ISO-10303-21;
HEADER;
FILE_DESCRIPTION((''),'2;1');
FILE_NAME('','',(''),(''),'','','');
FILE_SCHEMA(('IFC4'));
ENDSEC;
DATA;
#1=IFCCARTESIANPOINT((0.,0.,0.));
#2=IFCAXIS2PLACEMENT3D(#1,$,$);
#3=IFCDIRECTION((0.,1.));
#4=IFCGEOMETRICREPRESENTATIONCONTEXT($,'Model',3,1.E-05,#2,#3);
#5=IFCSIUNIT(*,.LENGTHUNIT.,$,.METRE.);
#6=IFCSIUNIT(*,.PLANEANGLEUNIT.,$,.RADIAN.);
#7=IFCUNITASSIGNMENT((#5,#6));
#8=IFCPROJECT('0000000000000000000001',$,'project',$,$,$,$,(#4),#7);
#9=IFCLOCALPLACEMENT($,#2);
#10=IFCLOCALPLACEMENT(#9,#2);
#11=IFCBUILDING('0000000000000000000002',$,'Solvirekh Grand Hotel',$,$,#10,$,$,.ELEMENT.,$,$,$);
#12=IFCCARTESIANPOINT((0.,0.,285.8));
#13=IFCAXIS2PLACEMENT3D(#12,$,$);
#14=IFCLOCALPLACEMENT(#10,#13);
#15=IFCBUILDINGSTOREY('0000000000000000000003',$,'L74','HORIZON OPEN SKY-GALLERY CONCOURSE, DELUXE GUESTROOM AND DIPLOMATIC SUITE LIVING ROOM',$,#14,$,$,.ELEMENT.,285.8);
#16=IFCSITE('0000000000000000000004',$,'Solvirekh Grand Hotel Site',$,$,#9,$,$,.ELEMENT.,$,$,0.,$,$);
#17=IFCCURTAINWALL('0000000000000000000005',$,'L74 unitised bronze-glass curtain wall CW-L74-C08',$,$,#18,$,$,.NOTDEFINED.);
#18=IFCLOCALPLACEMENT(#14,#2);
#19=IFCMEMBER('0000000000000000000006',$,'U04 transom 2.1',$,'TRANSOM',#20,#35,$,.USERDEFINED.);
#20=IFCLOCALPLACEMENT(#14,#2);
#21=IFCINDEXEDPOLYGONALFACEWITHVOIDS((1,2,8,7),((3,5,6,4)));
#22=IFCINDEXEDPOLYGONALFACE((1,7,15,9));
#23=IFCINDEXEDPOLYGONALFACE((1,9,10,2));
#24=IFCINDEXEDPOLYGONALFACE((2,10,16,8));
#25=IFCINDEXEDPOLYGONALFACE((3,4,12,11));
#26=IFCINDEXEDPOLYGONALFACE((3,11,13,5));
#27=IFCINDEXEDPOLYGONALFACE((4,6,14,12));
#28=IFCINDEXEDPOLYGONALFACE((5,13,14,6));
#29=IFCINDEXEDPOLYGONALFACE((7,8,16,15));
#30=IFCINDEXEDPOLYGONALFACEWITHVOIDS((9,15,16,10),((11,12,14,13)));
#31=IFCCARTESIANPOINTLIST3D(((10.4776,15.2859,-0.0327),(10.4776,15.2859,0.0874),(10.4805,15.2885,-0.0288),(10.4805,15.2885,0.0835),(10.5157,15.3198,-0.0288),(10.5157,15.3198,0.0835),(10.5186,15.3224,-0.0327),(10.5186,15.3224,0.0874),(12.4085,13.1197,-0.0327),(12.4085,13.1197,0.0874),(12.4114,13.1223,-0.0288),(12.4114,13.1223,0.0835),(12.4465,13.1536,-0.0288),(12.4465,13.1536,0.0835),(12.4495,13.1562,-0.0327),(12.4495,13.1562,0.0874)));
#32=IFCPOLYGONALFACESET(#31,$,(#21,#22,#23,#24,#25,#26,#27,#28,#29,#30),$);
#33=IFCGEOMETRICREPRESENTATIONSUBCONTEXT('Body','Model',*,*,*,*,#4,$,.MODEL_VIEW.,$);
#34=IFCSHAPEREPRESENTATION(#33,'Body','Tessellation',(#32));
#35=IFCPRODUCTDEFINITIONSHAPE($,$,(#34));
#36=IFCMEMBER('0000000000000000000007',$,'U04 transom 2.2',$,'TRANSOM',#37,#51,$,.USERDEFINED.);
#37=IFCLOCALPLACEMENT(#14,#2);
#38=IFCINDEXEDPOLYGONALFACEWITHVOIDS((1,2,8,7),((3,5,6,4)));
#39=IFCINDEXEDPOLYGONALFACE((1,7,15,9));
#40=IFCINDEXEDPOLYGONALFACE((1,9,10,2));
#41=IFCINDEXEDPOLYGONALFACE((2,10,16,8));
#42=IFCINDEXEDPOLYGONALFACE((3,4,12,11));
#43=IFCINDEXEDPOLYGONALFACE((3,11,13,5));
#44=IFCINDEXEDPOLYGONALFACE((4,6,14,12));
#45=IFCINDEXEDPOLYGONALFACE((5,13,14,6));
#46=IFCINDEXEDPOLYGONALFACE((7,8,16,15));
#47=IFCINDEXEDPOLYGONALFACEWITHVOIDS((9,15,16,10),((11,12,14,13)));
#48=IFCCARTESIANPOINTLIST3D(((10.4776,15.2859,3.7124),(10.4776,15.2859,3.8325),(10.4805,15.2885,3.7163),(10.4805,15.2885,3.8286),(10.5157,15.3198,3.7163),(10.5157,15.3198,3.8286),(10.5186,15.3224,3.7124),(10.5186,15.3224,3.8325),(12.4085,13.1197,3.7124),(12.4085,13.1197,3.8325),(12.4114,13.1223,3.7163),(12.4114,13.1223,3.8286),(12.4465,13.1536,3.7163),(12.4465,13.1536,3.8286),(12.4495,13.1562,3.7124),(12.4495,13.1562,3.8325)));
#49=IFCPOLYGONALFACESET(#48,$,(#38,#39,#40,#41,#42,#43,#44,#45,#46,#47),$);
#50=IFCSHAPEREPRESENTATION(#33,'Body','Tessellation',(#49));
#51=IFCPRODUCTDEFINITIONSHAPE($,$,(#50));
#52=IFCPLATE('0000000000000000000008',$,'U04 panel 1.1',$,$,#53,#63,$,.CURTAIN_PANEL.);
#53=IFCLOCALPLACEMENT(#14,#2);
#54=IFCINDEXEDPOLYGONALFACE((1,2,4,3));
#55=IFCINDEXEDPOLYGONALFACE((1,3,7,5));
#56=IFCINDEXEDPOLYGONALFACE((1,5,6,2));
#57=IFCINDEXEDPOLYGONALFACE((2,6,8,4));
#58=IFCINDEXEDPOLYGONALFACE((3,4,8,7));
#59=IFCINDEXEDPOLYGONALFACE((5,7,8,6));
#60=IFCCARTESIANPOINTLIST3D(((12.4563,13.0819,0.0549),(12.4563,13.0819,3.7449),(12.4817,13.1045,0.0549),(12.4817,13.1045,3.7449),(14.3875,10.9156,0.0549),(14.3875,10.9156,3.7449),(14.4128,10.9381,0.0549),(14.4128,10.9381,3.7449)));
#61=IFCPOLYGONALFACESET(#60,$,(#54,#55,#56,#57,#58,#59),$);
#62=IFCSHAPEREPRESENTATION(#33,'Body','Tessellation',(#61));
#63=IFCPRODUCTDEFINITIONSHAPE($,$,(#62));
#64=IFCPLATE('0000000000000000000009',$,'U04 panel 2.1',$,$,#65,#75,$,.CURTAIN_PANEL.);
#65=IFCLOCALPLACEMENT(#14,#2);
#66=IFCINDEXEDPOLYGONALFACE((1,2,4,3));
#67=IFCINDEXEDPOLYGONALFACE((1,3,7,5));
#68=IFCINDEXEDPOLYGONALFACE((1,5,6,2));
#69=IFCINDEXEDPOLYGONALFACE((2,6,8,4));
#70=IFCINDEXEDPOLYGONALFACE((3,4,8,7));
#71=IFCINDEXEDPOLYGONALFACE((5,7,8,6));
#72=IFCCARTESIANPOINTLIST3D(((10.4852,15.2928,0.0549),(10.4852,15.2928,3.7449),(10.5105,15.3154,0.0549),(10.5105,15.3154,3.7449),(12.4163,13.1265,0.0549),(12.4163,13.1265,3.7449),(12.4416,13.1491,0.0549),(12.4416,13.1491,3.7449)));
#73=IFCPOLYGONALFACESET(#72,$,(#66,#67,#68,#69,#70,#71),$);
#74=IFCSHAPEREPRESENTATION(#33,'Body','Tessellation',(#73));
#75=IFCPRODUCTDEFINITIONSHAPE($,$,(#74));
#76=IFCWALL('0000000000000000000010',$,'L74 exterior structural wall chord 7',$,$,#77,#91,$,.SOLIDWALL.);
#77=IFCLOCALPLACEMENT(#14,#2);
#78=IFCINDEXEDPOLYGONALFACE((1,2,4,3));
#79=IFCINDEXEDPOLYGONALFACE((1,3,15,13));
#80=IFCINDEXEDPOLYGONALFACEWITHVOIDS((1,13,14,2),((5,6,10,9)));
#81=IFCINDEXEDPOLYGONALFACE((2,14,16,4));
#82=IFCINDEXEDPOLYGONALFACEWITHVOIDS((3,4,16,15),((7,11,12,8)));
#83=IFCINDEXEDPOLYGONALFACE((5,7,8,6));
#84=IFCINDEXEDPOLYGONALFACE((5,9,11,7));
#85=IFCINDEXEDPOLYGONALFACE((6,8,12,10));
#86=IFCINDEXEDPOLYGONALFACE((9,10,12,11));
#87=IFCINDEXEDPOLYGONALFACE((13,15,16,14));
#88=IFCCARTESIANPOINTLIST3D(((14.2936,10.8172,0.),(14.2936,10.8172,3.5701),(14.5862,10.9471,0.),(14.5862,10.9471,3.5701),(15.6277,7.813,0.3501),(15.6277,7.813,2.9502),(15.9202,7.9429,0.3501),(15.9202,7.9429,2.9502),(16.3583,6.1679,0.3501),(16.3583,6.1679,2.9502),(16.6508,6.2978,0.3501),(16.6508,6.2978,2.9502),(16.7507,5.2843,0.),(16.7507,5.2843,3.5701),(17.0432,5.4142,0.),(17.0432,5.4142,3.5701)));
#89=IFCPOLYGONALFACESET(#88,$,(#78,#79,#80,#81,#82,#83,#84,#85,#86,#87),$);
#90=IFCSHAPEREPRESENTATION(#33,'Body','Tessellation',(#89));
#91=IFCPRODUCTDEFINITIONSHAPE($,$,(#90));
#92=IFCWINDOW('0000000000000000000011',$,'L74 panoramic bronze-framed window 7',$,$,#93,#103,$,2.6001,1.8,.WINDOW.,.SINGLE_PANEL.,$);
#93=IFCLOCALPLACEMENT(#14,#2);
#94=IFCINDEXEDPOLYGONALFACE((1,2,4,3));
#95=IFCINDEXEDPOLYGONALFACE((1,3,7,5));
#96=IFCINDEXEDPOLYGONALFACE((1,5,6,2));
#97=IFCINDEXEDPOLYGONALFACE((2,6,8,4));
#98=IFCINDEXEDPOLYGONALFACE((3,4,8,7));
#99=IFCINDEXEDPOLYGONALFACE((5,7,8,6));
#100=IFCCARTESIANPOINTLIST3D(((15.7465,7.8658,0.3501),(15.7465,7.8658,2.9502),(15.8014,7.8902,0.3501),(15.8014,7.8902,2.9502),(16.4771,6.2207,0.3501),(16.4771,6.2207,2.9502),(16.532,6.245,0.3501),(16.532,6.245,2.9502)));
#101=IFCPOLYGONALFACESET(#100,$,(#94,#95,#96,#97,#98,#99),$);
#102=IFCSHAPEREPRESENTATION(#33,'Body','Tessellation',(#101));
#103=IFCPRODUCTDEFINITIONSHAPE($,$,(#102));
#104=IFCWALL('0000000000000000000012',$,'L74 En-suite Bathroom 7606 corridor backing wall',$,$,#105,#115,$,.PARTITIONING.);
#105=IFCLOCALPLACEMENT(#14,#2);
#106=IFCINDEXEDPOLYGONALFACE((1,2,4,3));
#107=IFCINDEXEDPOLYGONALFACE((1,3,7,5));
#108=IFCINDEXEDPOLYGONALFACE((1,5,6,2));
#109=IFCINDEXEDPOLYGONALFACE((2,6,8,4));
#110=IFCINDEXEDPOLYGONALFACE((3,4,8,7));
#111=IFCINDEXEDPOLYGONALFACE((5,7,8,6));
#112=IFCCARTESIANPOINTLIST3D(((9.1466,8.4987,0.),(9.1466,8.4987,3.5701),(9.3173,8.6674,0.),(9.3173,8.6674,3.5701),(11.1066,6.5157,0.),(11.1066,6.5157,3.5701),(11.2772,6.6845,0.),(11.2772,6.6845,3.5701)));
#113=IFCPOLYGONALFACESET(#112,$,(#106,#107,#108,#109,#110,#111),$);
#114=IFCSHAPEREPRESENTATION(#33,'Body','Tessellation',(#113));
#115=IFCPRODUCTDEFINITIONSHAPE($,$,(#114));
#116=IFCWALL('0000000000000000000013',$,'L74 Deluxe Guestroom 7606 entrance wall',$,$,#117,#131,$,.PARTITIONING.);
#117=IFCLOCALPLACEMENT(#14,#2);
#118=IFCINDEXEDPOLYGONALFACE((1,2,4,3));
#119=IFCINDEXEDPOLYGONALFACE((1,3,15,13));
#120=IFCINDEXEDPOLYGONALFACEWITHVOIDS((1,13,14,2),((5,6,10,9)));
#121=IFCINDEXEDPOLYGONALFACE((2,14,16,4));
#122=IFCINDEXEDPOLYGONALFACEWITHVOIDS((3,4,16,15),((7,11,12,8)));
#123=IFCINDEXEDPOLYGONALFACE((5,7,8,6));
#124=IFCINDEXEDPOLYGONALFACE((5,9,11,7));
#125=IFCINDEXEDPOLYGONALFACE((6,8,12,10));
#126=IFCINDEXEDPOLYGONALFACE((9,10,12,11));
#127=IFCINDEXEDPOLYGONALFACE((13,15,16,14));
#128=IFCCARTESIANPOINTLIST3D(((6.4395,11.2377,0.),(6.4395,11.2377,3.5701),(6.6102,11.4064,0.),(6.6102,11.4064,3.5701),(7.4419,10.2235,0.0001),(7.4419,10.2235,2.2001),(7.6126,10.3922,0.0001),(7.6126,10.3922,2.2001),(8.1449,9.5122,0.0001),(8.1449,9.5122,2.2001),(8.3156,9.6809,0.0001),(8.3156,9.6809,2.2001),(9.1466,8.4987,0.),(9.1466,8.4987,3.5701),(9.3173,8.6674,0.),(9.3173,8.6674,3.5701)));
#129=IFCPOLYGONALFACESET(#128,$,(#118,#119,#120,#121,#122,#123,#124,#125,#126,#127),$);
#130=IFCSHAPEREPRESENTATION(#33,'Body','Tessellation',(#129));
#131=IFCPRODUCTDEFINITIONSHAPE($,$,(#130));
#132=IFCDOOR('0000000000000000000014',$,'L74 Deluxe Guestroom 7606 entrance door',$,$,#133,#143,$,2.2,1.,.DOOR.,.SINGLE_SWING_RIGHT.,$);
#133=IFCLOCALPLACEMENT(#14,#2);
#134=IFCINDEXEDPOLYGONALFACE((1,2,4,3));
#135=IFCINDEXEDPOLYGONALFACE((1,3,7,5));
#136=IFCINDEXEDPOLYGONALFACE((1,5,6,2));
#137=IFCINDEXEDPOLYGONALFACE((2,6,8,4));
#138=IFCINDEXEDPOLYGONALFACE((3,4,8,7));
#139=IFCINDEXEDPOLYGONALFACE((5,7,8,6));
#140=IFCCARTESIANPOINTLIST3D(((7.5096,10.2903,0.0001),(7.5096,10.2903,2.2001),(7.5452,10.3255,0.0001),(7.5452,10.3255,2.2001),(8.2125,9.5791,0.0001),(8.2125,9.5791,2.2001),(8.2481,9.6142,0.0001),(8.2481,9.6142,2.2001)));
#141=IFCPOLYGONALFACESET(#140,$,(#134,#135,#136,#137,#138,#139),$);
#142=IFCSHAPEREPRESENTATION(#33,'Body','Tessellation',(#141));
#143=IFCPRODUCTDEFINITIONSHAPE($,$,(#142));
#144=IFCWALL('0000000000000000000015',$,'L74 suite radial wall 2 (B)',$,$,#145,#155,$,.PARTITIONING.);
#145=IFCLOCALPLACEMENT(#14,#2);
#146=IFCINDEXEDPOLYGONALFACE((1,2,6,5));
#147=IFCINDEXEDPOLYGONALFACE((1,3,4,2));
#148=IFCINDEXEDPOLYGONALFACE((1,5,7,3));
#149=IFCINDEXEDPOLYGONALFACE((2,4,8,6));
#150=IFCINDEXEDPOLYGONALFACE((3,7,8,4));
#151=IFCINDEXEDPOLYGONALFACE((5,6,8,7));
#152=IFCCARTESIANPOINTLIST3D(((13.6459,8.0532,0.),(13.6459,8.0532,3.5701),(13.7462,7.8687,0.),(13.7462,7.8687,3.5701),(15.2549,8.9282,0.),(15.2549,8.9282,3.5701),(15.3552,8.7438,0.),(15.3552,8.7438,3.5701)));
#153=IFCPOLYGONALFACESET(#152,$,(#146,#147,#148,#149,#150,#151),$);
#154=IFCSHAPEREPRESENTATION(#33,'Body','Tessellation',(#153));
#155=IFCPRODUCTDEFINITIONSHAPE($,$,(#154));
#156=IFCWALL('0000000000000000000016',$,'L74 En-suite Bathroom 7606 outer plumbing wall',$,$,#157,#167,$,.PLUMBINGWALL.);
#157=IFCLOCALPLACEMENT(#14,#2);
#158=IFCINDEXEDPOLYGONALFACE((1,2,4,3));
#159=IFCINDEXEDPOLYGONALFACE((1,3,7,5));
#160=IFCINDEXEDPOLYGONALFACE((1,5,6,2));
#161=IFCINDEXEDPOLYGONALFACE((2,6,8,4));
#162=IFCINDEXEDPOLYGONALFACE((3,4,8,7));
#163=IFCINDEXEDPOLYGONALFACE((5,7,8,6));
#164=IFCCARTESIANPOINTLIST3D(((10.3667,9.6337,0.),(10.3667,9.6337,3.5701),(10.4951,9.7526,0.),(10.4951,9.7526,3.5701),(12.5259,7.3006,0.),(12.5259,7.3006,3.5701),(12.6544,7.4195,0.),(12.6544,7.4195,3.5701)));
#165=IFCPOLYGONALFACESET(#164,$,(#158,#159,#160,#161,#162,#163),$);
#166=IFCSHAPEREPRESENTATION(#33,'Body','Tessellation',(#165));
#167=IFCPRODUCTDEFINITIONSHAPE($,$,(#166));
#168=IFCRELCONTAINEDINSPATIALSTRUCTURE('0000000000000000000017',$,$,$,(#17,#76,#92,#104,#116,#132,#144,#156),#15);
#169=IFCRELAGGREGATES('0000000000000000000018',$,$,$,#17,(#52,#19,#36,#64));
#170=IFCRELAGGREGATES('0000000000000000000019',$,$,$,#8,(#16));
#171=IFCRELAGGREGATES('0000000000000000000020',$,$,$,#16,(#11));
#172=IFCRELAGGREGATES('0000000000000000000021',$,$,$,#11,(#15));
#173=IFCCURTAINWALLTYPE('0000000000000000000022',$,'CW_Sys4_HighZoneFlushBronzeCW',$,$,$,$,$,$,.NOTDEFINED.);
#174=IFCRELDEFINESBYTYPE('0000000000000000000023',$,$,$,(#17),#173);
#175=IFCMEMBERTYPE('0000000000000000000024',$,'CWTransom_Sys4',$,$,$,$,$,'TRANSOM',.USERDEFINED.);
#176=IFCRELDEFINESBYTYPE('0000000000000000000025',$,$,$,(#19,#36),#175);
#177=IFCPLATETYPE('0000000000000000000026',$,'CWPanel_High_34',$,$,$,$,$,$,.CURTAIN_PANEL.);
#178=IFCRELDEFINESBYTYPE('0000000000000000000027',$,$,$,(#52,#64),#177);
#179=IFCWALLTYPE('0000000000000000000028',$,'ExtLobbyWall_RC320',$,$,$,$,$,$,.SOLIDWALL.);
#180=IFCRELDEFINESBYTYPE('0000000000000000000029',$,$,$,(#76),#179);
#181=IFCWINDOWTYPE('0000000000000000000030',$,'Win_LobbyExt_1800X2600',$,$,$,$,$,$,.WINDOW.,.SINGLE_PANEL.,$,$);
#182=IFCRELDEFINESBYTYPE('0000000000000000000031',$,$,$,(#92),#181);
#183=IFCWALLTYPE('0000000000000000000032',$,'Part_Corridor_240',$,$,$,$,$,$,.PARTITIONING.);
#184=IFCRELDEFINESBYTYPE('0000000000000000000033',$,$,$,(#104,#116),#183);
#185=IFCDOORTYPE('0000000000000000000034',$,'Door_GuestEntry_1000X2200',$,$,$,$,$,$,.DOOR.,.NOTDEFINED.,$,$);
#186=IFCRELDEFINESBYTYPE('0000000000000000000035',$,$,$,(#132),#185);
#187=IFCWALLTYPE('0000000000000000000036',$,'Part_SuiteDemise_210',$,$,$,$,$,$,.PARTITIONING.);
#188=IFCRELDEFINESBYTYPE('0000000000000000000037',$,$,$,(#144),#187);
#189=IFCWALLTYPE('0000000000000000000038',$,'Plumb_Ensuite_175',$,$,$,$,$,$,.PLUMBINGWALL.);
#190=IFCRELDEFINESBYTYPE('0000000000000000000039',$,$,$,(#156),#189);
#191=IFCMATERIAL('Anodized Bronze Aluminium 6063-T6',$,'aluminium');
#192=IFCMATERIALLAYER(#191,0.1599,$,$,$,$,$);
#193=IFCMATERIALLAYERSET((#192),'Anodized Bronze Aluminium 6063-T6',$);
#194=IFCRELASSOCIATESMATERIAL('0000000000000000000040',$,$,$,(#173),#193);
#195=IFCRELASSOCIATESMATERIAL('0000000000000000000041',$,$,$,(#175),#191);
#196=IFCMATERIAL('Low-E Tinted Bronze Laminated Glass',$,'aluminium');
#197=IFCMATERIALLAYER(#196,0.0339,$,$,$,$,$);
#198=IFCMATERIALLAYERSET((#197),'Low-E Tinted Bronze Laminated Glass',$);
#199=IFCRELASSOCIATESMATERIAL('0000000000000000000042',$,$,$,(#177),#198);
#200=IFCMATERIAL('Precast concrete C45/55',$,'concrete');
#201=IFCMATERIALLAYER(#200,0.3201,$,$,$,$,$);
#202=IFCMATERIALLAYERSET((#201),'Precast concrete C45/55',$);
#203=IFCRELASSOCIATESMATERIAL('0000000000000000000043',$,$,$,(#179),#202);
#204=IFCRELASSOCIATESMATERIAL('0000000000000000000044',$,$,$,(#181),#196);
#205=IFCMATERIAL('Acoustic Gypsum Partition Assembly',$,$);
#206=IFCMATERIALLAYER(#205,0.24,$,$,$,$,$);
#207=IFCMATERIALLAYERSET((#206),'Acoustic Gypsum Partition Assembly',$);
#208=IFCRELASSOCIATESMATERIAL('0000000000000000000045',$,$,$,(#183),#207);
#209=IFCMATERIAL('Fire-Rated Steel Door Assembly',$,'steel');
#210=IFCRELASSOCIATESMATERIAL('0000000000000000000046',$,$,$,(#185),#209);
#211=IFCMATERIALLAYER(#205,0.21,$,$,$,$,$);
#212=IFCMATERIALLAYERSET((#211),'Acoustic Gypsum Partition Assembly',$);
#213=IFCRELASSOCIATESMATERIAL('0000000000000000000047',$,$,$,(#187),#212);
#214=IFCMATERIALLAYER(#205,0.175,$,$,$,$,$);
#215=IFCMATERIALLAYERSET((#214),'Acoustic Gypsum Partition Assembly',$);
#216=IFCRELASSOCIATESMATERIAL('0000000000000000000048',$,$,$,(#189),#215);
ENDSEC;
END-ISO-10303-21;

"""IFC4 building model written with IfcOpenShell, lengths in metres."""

from ifc_helpers import new_model, si_unit, direction, frame, frame_2d, origin, origin_2d, place, context, subcontext, project, spatial, rectangle, hollow_rectangle, extrude, source, transform, mapped, material, layer, layer_set, material_profile, profile_set, type_object, element, fill, aggregate, save


model = new_model("IFC4")

# Units and contexts
model_context = context("Model", 3, precision=1e-05, world=origin(), true_north=direction((0.0, 1.0)))
body_context = subcontext(model_context, "Body", "Model", "MODEL_VIEW")
ifc_project = project(units=[si_unit("LENGTHUNIT", "METRE"), si_unit("PLANEANGLEUNIT", "RADIAN")], contexts=[model_context])

# Site, building, storey
site_placement = place(None, origin())
site = spatial("IfcSite", under=ifc_project, at=site_placement, Name="Solvirekh Grand Hotel Site", CompositionType="ELEMENT", RefElevation=0.0)
building_placement = place(site_placement, origin())
building = spatial("IfcBuilding", under=site, at=building_placement, Name="Solvirekh Grand Hotel", CompositionType="ELEMENT")
storey_placement = place(building_placement, frame((0.0, 0.0, 285.8)))
storey = spatial("IfcBuildingStorey", under=building, at=storey_placement, Name="L74", Description="HORIZON OPEN SKY-GALLERY CONCOURSE, DELUXE GUESTROOM AND DIPLOMATIC SUITE LIVING ROOM", CompositionType="ELEMENT", Elevation=285.8)

# Curtain wall, members, plates
ifc_material_1 = material(Name="Anodized Bronze Aluminium 6063-T6", Category="aluminium")
ifc_layer_1 = layer(ifc_material_1, 0.1599)
ifc_layer_set_1 = layer_set([ifc_layer_1], Name="Anodized Bronze Aluminium 6063-T6")
curtain_wall_type = type_object("IfcCurtainWallType", Name="CW_Sys4_HighZoneFlushBronzeCW", PredefinedType="NOTDEFINED", material=ifc_layer_set_1)
curtain_wall_placement = place(storey_placement, origin())
curtain_wall = element("IfcCurtainWall", 1, at=curtain_wall_placement, inside=storey, type_object=curtain_wall_type, Name="L74 unitised bronze-glass curtain wall CW-L74-C08", PredefinedType="NOTDEFINED")
ifc_material_profile_1 = material_profile(ifc_material_1, hollow_rectangle(XDim=0.0549, YDim=0.1201, WallThickness=0.0039, at=origin_2d()), Name="ALU RHS 120X55X4")
ifc_profile_set_1 = profile_set([ifc_material_profile_1], Name="Anodized Bronze Aluminium 6063-T6")
member_type_1 = type_object("IfcMemberType", Name="CWTransom_Sys4", ElementType="TRANSOM", PredefinedType="USERDEFINED", material=ifc_profile_set_1)
shared_shape_1 = source(origin(), body_context, "Body", "SweptSolid", [
    extrude(hollow_rectangle(XDim=0.0549, YDim=0.1201, WallThickness=0.0039, at=origin_2d()), origin(), (0.0, 0.0, 1.0), 2.9019),
])
member_1_placement = place(storey_placement, frame((12.429, 13.1379, 0.0273), z_axis=(-0.665392, 0.746494, 0.0), x_axis=(-0.746494, -0.665392, 0.0)))
member_1 = element("IfcMember", 2, at=member_1_placement, type_object=member_type_1, Name="U04 transom 2.1", ObjectType="TRANSOM", PredefinedType="USERDEFINED", context=body_context, shape_type="MappedRepresentation", body=[
    mapped(shared_shape_1, transform((0.0, 0.0, 0.0), x_axis=(1.0, 0.0, 0.0), y_axis=(0.0, 1.0, 0.0), z_axis=(0.0, 0.0, 1.0), scale=1.0)),
])
member_2_placement = place(storey_placement, frame((12.429, 13.1379, 3.7725), z_axis=(-0.665392, 0.746494, 0.0), x_axis=(-0.746494, -0.665392, 0.0)))
member_2 = element("IfcMember", 3, at=member_2_placement, type_object=member_type_1, Name="U04 transom 2.2", ObjectType="TRANSOM", PredefinedType="USERDEFINED", context=body_context, shape_type="MappedRepresentation", body=[
    mapped(shared_shape_1, transform((0.0, 0.0, 0.0), x_axis=(1.0, 0.0, 0.0), y_axis=(0.0, 1.0, 0.0), z_axis=(0.0, 0.0, 1.0), scale=1.0)),
])
ifc_material_2 = material(Name="Low-E Tinted Bronze Laminated Glass", Category="aluminium")
ifc_layer_2 = layer(ifc_material_2, 0.0339)
ifc_layer_set_2 = layer_set([ifc_layer_2], Name="Low-E Tinted Bronze Laminated Glass")
plate_type = type_object("IfcPlateType", Name="CWPanel_High_34", PredefinedType="CURTAIN_PANEL", material=ifc_layer_set_2)
shared_shape_2 = source(origin(), body_context, "Body", "SweptSolid", [
    extrude(rectangle(XDim=2.9021, YDim=0.0339, at=origin_2d()), origin(), (0.0, 0.0, 1.0), 3.6899),
])
plate_1_placement = place(storey_placement, frame((13.4346, 12.01, 0.0549), z_axis=(0.0, 0.0, 1.0), x_axis=(-0.665421, 0.746468, 0.0)))
plate_1 = element("IfcPlate", 4, at=plate_1_placement, type_object=plate_type, Name="U04 panel 1.1", PredefinedType="CURTAIN_PANEL", context=body_context, shape_type="MappedRepresentation", body=[
    mapped(shared_shape_2, transform((0.0, 0.0, 0.0), x_axis=(1.0, 0.0, 0.0), y_axis=(0.0, 1.0, 0.0), z_axis=(0.0, 0.0, 1.0), scale=1.0)),
])
plate_2_placement = place(storey_placement, frame((11.4634, 14.2209, 0.0549), z_axis=(0.0, 0.0, 1.0), x_axis=(-0.665421, 0.746468, 0.0)))
plate_2 = element("IfcPlate", 5, at=plate_2_placement, type_object=plate_type, Name="U04 panel 2.1", PredefinedType="CURTAIN_PANEL", context=body_context, shape_type="MappedRepresentation", body=[
    mapped(shared_shape_2, transform((0.0, 0.0, 0.0), x_axis=(1.0, 0.0, 0.0), y_axis=(0.0, 1.0, 0.0), z_axis=(0.0, 0.0, 1.0), scale=1.0)),
])
aggregate(curtain_wall, [plate_1, member_1, member_2, plate_2])

# Wall, opening, window
ifc_material_3 = material(Name="Precast concrete C45/55", Category="concrete")
ifc_layer_3 = layer(ifc_material_3, 0.3201)
ifc_layer_set_3 = layer_set([ifc_layer_3], Name="Precast concrete C45/55")
wall_type_1 = type_object("IfcWallType", Name="ExtLobbyWall_RC320", PredefinedType="SOLIDWALL", material=ifc_layer_set_3)
wall_1_placement = place(storey_placement, frame((14.4399, 10.8821, 0.0), z_axis=(0.0, 0.0, 1.0), x_axis=(0.405854, -0.913938, 0.0)))
wall_1 = element("IfcWall", 6, at=wall_1_placement, inside=storey, type_object=wall_type_1, Name="L74 exterior structural wall chord 7", PredefinedType="SOLIDWALL", context=body_context, shape_type="SweptSolid", body=[
    extrude(rectangle(XDim=6.054, YDim=0.3201, at=frame_2d((3.0269, 0.0))), origin(), (0.0, 0.0, 1.0), 3.5701),
])
opening_1_placement = place(wall_1_placement, frame((3.2871, 0.0, 0.3501)))
opening_1 = element("IfcOpeningElement", 7, at=opening_1_placement, cuts=wall_1, PredefinedType="OPENING", context=body_context, shape_type="SweptSolid", body=[
    extrude(rectangle(XDim=1.8, YDim=2.6001, at=frame_2d((0.8999, 1.3))), frame((0.0, 0.1699, 0.0), z_axis=(0.0, -1.0, 0.0), x_axis=(1.0, 0.0, 0.0)), (0.0, 0.0, 1.0), 0.3401),
])
window_type = type_object("IfcWindowType", Name="Win_LobbyExt_1800X2600", PartitioningType="SINGLE_PANEL", PredefinedType="WINDOW", material=ifc_material_2)
window_placement = place(opening_1_placement, origin())
window = element("IfcWindow", 8, at=window_placement, inside=storey, type_object=window_type, Name="L74 panoramic bronze-framed window 7", OverallHeight=2.6001, OverallWidth=1.8, PartitioningType="SINGLE_PANEL", PredefinedType="WINDOW", context=body_context, shape_type="SweptSolid", body=[
    extrude(rectangle(XDim=1.8, YDim=2.6001, at=frame_2d((0.8999, 1.3))), frame((0.0, 0.03, 0.0), z_axis=(0.0, -1.0, 0.0), x_axis=(1.0, 0.0, 0.0)), (0.0, 0.0, 1.0), 0.0601),
])
fill(opening_1, window)

# Wall
ifc_material_4 = material(Name="Acoustic Gypsum Partition Assembly")
ifc_layer_4 = layer(ifc_material_4, 0.24)
ifc_layer_set_4 = layer_set([ifc_layer_4], Name="Acoustic Gypsum Partition Assembly")
wall_type_2 = type_object("IfcWallType", Name="Part_Corridor_240", PredefinedType="PARTITIONING", material=ifc_layer_set_4)
wall_2_placement = place(storey_placement, frame((11.1919, 6.6001, 0.0), z_axis=(0.0, 0.0, 1.0), x_axis=(-0.702979, 0.71121, 0.0)))
element("IfcWall", 9, at=wall_2_placement, inside=storey, type_object=wall_type_2, Name="L74 En-suite Bathroom 7606 corridor backing wall", PredefinedType="PARTITIONING", context=body_context, shape_type="SweptSolid", body=[
    extrude(rectangle(XDim=2.7881, YDim=0.24, at=frame_2d((1.394, 0.0))), origin(), (0.0, 0.0, 1.0), 3.5701),
])

# Wall, opening, door
wall_3_placement = place(storey_placement, frame((9.2319, 8.583, 0.0), z_axis=(0.0, 0.0, 1.0), x_axis=(-0.702942, 0.711247, 0.0)))
wall_3 = element("IfcWall", 10, at=wall_3_placement, inside=storey, type_object=wall_type_2, Name="L74 Deluxe Guestroom 7606 entrance wall", PredefinedType="PARTITIONING", context=body_context, shape_type="SweptSolid", body=[
    extrude(rectangle(XDim=3.8511, YDim=0.24, at=frame_2d((1.9255, 0.0))), origin(), (0.0, 0.0, 1.0), 3.5701),
])
opening_2_placement = place(wall_3_placement, frame((1.425, 0.0, 0.0)))
opening_2 = element("IfcOpeningElement", 11, at=opening_2_placement, cuts=wall_3, PredefinedType="OPENING", context=body_context, shape_type="SweptSolid", body=[
    extrude(rectangle(XDim=1.0, YDim=2.2, at=frame_2d((0.5, 1.1001))), frame((0.0, 0.1299, 0.0), z_axis=(0.0, -1.0, 0.0), x_axis=(1.0, 0.0, 0.0)), (0.0, 0.0, 1.0), 0.26),
])
ifc_material_5 = material(Name="Fire-Rated Steel Door Assembly", Category="steel")
door_type = type_object("IfcDoorType", Name="Door_GuestEntry_1000X2200", OperationType="NOTDEFINED", PredefinedType="DOOR", material=ifc_material_5)
door_placement = place(opening_2_placement, origin())
door = element("IfcDoor", 12, at=door_placement, inside=storey, type_object=door_type, Name="L74 Deluxe Guestroom 7606 entrance door", OperationType="SINGLE_SWING_RIGHT", OverallHeight=2.2, OverallWidth=1.0, PredefinedType="DOOR", context=body_context, shape_type="SweptSolid", body=[
    extrude(rectangle(XDim=1.0, YDim=2.2, at=frame_2d((0.5, 1.1001))), frame((0.0, 0.0249, 0.0), z_axis=(0.0, -1.0, 0.0), x_axis=(1.0, 0.0, 0.0)), (0.0, 0.0, 1.0), 0.05),
])
fill(opening_2, door)

# Walls
ifc_layer_5 = layer(ifc_material_4, 0.21)
ifc_layer_set_5 = layer_set([ifc_layer_5], Name="Acoustic Gypsum Partition Assembly")
wall_type_3 = type_object("IfcWallType", Name="Part_SuiteDemise_210", PredefinedType="PARTITIONING", material=ifc_layer_set_5)
wall_4_placement = place(storey_placement, frame((13.696, 7.9609, 0.0), z_axis=(0.0, 0.0, 1.0), x_axis=(0.878486, 0.477768, 0.0)))
element("IfcWall", 13, at=wall_4_placement, inside=storey, type_object=wall_type_3, Name="L74 suite radial wall 2 (B)", PredefinedType="PARTITIONING", context=body_context, shape_type="SweptSolid", body=[
    extrude(rectangle(XDim=1.8315, YDim=0.21, at=frame_2d((0.9158, 0.0))), origin(), (0.0, 0.0, 1.0), 3.5701),
])
ifc_layer_6 = layer(ifc_material_4, 0.175)
ifc_layer_set_6 = layer_set([ifc_layer_6], Name="Acoustic Gypsum Partition Assembly")
wall_type_4 = type_object("IfcWallType", Name="Plumb_Ensuite_175", PredefinedType="PLUMBINGWALL", material=ifc_layer_set_6)
wall_5_placement = place(storey_placement, frame((12.5901, 7.3601, 0.0), z_axis=(0.0, 0.0, 1.0), x_axis=(-0.679236, 0.733919, 0.0)))
element("IfcWall", 14, at=wall_5_placement, inside=storey, type_object=wall_type_4, Name="L74 En-suite Bathroom 7606 outer plumbing wall", PredefinedType="PLUMBINGWALL", context=body_context, shape_type="SweptSolid", body=[
    extrude(rectangle(XDim=3.179, YDim=0.175, at=frame_2d((1.5894, 0.0))), origin(), (0.0, 0.0, 1.0), 3.5701),
])

save(model, "model.ifc")
